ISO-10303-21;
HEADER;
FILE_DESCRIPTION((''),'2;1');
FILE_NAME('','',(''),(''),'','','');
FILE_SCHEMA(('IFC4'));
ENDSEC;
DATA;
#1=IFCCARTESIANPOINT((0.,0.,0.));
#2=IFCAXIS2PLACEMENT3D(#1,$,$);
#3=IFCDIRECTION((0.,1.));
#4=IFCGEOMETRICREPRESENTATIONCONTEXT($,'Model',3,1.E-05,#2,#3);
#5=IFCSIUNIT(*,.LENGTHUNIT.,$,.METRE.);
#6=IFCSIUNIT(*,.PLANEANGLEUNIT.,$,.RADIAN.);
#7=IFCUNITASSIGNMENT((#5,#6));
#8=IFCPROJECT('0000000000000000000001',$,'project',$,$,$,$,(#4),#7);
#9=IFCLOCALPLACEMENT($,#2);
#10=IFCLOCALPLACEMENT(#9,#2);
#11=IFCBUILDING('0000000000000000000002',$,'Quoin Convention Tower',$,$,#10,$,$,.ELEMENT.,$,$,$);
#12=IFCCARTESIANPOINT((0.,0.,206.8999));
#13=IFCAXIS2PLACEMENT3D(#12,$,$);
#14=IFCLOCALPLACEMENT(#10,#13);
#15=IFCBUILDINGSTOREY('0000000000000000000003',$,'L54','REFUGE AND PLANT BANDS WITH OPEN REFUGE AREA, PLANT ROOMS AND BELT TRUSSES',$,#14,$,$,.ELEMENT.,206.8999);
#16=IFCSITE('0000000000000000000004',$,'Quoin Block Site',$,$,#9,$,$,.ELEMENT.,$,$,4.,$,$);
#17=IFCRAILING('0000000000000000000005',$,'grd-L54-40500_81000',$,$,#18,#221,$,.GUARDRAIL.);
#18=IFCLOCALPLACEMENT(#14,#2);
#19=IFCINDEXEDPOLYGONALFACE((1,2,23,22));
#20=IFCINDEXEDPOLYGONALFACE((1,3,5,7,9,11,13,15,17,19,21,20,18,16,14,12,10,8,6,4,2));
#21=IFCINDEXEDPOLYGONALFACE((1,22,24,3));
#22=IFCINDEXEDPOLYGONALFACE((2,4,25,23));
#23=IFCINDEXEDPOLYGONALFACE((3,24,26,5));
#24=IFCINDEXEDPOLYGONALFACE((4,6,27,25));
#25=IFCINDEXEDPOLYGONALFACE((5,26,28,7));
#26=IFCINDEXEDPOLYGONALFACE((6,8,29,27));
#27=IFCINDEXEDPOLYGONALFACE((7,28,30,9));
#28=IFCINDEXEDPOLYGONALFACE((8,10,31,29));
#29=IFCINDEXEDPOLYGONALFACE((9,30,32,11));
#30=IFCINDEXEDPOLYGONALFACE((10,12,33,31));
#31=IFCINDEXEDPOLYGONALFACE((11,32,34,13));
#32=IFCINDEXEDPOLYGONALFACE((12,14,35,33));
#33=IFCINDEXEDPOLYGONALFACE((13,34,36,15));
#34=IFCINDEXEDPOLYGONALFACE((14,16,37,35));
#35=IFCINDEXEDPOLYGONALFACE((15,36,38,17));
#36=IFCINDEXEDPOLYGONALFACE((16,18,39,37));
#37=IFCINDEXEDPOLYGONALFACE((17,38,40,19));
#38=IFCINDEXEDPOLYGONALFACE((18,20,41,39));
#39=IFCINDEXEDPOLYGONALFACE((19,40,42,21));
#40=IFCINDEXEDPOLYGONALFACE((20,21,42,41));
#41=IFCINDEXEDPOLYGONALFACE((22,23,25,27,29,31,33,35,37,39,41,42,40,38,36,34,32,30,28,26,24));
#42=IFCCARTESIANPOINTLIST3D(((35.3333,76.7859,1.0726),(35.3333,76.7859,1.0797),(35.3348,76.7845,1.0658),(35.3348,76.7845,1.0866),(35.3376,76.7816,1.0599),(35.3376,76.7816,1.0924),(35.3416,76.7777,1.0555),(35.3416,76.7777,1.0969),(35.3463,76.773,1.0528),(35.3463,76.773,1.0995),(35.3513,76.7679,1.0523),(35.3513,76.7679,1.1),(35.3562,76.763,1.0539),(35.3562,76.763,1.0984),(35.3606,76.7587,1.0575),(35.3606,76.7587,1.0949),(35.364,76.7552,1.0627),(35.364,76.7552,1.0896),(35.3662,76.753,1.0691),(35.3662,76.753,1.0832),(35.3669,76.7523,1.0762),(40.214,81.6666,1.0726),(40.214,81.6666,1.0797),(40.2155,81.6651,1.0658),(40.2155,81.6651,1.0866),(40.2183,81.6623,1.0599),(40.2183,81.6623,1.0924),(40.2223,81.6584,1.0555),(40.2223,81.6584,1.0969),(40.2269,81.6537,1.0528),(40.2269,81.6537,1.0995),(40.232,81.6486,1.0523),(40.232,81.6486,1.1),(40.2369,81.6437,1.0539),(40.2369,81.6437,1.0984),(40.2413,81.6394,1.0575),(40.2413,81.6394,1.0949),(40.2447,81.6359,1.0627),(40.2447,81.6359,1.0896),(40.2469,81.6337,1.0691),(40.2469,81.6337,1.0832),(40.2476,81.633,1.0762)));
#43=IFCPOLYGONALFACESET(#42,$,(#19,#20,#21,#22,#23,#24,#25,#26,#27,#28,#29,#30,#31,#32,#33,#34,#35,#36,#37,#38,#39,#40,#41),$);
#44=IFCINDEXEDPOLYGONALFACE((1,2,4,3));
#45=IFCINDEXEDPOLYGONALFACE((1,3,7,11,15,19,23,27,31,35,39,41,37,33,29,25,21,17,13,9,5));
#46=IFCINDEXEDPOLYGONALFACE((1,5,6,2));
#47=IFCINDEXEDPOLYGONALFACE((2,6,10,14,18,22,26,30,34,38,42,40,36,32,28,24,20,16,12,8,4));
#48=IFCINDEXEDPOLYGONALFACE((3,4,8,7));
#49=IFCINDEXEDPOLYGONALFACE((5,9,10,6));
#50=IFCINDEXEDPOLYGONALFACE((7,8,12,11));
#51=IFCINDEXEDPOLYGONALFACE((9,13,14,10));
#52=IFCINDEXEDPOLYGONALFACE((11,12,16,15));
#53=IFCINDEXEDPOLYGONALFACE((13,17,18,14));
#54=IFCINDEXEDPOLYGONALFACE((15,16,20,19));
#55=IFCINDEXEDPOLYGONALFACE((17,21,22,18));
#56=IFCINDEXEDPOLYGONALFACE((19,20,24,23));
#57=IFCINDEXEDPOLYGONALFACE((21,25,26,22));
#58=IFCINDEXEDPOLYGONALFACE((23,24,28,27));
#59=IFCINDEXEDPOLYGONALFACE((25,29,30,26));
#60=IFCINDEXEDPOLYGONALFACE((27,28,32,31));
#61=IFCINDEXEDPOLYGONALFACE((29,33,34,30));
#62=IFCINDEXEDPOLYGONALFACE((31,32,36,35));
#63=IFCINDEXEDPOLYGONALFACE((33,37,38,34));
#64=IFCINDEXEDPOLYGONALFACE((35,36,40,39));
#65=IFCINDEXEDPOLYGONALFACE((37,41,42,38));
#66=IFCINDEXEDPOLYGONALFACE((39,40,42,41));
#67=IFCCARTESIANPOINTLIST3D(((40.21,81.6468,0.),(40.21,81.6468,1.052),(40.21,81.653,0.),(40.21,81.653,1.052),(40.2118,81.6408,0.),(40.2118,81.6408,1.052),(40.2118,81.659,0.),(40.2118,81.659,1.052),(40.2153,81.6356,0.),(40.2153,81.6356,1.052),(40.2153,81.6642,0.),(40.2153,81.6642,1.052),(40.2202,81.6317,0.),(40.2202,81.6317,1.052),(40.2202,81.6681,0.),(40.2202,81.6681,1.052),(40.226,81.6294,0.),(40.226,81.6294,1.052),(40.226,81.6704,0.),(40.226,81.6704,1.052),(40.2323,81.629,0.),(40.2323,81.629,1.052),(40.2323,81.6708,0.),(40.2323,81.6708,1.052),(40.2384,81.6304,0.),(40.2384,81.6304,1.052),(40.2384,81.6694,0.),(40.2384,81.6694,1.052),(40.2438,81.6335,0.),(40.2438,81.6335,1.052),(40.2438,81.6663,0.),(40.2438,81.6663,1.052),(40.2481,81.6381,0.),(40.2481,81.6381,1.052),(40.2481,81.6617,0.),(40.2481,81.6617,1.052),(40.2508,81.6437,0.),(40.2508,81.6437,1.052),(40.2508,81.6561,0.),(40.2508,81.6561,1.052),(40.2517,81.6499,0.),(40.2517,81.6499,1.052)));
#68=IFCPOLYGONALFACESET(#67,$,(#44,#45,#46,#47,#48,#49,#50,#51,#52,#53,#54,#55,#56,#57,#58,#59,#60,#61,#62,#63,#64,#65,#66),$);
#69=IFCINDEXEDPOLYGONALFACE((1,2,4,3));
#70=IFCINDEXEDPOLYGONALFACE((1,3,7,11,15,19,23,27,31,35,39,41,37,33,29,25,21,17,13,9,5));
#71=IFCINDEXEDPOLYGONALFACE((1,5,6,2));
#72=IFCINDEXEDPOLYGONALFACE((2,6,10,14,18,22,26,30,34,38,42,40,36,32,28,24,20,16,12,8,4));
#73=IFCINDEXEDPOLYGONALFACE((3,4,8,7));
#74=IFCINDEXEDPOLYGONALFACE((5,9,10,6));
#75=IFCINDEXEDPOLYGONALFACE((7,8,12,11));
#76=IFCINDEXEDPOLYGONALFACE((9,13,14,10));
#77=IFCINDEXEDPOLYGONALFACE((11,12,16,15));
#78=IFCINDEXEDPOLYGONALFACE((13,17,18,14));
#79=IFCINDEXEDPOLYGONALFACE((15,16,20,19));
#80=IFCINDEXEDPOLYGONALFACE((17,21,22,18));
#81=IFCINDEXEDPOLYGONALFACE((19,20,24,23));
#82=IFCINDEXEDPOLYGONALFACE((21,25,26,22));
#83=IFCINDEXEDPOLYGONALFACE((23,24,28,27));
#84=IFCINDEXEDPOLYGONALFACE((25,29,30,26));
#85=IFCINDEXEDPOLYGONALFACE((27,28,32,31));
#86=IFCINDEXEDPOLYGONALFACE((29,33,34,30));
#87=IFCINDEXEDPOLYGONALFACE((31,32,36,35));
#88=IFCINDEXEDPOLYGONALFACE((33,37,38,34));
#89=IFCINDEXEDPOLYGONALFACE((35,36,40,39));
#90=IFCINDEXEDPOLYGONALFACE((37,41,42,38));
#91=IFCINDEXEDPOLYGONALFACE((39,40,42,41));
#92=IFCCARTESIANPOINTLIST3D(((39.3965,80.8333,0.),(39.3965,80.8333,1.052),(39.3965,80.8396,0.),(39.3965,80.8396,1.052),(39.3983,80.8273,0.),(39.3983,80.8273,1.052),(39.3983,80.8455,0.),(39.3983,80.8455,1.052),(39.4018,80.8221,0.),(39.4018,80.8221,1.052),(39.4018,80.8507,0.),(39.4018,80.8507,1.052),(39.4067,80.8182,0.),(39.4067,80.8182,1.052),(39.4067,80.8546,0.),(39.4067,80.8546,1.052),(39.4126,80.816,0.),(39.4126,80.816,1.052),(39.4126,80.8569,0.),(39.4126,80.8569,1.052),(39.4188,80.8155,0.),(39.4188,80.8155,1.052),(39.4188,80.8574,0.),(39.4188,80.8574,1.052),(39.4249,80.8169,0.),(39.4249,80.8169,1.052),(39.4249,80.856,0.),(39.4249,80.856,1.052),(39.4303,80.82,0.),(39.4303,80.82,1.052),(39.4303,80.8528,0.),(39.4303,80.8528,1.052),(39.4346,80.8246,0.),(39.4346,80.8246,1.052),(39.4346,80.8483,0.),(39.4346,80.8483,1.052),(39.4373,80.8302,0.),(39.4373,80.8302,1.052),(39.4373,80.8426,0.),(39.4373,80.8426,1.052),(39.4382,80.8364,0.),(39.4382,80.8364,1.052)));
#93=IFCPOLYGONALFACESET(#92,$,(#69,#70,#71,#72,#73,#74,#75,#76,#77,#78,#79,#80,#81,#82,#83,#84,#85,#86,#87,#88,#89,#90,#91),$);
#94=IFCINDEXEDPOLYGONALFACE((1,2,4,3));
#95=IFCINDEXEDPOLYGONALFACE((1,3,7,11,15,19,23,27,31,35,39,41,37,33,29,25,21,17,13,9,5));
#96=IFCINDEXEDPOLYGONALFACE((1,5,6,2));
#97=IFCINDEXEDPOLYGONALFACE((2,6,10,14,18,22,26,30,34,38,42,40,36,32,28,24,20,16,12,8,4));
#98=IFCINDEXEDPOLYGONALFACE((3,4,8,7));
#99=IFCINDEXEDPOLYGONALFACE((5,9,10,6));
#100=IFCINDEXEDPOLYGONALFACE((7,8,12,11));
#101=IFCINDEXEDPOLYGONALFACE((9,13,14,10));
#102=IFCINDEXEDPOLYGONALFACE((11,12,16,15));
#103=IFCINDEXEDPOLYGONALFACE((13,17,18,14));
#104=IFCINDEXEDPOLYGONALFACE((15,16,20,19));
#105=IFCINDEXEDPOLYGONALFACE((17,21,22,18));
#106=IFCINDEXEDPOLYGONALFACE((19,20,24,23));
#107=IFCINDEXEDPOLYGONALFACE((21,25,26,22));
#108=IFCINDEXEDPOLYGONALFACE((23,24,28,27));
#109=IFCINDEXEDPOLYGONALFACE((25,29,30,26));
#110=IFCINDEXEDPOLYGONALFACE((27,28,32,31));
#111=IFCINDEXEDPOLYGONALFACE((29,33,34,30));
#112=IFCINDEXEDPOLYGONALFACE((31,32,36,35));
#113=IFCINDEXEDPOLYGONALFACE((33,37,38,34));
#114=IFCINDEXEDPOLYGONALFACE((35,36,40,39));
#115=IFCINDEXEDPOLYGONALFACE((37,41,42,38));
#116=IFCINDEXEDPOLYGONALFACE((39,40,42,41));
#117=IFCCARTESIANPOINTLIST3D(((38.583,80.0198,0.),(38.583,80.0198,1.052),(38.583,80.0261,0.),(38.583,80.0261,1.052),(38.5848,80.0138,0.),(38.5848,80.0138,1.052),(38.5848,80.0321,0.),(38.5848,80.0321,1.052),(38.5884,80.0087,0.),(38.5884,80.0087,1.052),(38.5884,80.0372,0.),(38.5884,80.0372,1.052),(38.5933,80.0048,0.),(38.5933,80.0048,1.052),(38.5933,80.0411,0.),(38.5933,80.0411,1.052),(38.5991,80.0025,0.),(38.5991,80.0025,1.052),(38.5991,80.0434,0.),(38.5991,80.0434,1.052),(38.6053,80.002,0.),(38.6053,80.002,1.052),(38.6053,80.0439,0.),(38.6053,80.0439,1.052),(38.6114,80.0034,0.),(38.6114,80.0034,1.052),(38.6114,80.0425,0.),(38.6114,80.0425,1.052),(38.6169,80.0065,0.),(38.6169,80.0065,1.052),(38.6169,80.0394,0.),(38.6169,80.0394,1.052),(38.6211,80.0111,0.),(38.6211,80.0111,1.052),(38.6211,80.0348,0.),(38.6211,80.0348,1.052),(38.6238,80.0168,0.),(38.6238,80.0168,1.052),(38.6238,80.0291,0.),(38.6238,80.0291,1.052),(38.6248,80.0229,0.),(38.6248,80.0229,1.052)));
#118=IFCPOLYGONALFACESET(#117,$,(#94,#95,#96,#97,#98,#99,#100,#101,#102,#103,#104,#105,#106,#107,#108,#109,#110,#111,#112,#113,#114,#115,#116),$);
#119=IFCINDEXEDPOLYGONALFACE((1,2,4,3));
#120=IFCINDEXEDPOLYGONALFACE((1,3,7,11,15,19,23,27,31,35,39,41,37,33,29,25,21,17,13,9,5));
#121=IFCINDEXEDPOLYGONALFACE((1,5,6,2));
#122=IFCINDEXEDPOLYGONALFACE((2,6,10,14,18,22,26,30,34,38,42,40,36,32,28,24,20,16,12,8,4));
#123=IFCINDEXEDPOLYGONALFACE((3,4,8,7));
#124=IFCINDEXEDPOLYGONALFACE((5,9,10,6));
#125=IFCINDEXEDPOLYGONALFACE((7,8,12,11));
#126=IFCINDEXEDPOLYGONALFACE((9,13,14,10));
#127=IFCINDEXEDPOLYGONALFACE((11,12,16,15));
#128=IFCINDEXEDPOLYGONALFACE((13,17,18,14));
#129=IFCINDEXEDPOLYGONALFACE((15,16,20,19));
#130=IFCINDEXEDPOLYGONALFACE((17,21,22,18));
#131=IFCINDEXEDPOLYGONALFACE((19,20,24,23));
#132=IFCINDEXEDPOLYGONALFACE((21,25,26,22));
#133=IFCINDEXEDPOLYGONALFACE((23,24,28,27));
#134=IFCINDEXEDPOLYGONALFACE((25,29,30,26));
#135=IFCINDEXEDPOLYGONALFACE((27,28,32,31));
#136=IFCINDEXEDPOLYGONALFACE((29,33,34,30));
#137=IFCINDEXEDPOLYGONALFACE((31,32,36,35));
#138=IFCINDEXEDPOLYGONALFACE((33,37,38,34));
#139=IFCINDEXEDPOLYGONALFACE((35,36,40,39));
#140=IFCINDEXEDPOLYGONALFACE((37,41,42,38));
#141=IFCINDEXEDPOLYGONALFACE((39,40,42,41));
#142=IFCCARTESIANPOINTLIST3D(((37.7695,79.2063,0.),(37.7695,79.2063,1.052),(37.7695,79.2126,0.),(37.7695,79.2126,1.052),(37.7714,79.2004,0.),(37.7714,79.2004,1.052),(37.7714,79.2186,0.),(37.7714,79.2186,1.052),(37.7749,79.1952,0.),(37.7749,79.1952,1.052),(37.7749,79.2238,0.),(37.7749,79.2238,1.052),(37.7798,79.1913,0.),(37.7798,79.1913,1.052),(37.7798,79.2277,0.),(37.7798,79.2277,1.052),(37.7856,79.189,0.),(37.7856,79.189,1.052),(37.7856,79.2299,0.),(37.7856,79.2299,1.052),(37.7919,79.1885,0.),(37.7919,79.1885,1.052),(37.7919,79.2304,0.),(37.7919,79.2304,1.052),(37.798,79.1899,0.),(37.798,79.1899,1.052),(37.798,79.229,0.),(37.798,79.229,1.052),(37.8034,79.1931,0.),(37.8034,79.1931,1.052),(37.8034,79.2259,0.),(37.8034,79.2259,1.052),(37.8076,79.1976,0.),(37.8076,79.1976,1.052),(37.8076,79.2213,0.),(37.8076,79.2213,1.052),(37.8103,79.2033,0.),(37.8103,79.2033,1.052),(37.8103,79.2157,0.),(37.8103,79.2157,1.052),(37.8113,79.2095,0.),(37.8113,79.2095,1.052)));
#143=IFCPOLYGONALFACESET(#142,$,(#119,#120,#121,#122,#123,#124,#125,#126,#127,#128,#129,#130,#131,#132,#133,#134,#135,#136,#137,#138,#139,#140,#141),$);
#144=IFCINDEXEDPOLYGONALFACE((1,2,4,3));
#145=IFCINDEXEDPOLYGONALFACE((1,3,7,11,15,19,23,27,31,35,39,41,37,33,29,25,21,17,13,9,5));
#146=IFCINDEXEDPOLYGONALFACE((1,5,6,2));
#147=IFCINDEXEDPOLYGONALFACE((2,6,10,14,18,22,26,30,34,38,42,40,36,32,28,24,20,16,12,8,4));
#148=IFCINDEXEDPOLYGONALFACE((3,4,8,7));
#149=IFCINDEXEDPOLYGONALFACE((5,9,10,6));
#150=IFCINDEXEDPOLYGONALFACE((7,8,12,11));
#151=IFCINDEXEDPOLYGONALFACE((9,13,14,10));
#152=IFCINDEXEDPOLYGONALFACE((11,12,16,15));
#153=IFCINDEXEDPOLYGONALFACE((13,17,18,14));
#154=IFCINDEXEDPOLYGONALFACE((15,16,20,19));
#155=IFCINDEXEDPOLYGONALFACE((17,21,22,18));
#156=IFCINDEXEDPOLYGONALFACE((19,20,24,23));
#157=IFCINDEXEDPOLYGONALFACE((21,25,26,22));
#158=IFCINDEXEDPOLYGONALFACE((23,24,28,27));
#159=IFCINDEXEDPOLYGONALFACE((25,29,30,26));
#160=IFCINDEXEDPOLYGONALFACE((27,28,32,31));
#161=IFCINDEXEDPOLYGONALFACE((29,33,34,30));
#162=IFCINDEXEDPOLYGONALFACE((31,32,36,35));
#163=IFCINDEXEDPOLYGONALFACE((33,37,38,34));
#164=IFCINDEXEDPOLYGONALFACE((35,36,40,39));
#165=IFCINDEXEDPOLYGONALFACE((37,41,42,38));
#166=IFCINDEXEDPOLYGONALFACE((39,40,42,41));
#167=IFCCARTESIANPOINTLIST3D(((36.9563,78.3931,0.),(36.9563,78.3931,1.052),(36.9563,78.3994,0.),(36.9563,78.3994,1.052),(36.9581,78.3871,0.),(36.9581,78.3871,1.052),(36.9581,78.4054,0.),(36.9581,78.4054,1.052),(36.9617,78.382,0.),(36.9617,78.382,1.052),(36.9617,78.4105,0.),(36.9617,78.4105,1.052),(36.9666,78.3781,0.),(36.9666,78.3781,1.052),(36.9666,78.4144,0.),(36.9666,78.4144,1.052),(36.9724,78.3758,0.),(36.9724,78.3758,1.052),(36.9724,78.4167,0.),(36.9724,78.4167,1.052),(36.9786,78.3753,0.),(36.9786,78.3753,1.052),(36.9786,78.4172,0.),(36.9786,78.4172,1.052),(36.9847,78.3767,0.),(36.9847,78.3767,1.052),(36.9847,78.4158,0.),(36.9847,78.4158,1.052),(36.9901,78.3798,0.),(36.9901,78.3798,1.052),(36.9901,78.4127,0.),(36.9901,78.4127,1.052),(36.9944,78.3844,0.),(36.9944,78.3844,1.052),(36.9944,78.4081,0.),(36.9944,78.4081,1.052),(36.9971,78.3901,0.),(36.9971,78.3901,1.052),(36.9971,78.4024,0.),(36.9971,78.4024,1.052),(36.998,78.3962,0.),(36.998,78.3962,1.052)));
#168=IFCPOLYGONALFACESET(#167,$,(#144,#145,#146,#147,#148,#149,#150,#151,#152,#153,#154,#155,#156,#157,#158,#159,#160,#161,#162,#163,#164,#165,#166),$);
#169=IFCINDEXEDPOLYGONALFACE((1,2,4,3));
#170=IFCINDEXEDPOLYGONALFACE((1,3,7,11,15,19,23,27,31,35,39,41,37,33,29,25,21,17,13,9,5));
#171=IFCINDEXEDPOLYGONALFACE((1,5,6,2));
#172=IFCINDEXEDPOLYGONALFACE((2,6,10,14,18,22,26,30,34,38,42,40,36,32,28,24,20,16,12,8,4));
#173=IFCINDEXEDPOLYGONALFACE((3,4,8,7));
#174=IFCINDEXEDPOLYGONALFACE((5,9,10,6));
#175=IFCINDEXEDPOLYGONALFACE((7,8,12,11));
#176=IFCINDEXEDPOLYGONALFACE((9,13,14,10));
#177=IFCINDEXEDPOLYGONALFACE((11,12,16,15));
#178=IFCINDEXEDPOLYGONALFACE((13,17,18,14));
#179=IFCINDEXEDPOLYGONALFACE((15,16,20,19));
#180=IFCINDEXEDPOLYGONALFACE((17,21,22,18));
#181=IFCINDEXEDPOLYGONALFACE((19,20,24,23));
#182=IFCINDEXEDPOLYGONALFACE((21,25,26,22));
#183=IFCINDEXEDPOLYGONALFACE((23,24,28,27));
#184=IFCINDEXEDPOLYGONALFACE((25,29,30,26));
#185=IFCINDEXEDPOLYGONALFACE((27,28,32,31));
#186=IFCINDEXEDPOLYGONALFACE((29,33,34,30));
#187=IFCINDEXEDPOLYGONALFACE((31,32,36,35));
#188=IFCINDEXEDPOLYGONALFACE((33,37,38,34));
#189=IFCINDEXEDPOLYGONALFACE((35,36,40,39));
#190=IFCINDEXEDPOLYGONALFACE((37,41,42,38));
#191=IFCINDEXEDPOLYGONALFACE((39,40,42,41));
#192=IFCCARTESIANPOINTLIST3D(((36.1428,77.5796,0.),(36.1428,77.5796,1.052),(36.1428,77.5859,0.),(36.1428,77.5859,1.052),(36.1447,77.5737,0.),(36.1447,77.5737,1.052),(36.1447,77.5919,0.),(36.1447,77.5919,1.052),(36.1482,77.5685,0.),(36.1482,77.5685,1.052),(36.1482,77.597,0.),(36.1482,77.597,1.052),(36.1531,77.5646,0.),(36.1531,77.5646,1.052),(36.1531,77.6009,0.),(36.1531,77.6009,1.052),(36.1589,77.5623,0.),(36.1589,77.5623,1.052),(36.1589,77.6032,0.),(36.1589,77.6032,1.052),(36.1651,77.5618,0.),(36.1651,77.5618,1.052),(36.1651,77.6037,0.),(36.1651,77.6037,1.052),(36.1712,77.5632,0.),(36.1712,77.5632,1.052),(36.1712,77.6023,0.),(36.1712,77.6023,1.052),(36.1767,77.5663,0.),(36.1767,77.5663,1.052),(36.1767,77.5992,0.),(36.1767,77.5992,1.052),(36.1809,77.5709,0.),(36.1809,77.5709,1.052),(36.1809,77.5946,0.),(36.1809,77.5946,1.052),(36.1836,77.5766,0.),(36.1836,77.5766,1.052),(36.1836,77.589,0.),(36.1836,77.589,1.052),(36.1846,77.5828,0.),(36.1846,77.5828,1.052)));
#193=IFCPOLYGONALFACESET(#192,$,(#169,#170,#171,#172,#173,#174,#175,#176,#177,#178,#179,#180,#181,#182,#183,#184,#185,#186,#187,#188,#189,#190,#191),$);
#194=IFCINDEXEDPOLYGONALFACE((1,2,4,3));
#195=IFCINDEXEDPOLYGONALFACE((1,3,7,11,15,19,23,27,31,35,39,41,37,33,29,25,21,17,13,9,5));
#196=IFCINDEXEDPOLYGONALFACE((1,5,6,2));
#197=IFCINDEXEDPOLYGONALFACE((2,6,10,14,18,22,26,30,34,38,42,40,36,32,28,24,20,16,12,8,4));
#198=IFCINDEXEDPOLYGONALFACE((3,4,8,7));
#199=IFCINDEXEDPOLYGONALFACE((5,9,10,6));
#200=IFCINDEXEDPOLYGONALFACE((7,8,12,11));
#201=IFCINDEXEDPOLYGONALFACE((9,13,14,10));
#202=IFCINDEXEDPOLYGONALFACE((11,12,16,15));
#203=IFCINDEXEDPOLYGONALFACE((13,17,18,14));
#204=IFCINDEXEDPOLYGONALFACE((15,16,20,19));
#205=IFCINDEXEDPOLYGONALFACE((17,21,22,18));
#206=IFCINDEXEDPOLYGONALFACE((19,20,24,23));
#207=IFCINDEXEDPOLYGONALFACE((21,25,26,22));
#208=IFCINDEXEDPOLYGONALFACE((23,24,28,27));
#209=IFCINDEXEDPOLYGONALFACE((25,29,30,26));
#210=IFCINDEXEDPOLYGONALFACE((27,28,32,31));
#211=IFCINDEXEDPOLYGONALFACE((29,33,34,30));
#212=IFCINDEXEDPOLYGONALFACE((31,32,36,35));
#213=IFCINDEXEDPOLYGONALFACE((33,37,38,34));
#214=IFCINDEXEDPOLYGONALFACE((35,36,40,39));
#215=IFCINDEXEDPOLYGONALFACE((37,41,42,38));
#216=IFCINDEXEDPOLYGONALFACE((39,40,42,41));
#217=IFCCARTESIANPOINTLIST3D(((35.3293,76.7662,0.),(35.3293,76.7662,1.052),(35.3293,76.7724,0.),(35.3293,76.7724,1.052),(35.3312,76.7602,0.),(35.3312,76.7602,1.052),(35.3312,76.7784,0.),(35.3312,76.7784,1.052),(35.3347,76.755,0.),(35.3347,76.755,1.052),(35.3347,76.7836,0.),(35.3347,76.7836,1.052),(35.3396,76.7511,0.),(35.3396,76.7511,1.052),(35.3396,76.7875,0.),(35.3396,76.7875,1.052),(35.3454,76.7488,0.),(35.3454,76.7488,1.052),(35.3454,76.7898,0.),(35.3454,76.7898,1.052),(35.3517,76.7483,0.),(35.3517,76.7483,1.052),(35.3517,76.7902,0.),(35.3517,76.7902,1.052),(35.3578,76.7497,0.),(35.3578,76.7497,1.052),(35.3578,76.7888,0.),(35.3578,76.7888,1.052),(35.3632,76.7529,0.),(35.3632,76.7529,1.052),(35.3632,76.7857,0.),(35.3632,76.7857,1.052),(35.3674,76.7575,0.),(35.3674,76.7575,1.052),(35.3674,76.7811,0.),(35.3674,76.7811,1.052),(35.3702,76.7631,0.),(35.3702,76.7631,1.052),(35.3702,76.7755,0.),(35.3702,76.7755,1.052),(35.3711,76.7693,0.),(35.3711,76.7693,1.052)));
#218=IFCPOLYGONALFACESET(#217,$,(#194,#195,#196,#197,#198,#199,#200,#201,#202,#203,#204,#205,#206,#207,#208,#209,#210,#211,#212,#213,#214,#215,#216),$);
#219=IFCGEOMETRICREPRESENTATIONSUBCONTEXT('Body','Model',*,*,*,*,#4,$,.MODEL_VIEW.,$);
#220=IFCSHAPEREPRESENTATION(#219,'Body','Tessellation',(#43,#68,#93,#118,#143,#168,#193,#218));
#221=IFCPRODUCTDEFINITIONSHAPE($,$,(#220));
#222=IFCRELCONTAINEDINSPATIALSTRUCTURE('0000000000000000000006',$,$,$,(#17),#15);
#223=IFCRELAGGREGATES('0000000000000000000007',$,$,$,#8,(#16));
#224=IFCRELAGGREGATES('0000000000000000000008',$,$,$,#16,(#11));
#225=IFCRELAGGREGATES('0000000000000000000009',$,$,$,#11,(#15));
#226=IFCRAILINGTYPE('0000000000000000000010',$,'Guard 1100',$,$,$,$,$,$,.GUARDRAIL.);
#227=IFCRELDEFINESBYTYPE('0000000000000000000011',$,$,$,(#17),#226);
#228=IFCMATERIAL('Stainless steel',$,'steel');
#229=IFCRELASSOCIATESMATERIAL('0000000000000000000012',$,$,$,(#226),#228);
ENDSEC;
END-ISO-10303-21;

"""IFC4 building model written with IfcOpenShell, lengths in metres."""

from ifc_helpers import new_model, si_unit, direction, frame, origin, origin_2d, place, context, subcontext, project, spatial, circle, extrude, material, type_object, element, save


model = new_model("IFC4")

# Units and contexts
model_context = context("Model", 3, precision=1e-05, world=origin(), true_north=direction((0.0, 1.0)))
body_context = subcontext(model_context, "Body", "Model", "MODEL_VIEW")
ifc_project = project(units=[si_unit("LENGTHUNIT", "METRE"), si_unit("PLANEANGLEUNIT", "RADIAN")], contexts=[model_context])

# Site, building, storey
site_placement = place(None, origin())
site = spatial("IfcSite", under=ifc_project, at=site_placement, Name="Quoin Block Site", CompositionType="ELEMENT", RefElevation=4.0)
building_placement = place(site_placement, origin())
building = spatial("IfcBuilding", under=site, at=building_placement, Name="Quoin Convention Tower", CompositionType="ELEMENT")
storey_placement = place(building_placement, frame((0.0, 0.0, 206.8999)))
storey = spatial("IfcBuildingStorey", under=building, at=storey_placement, Name="L54", Description="REFUGE AND PLANT BANDS WITH OPEN REFUGE AREA, PLANT ROOMS AND BELT TRUSSES", CompositionType="ELEMENT", Elevation=206.8999)

# Railing
ifc_material_1 = material(Name="Stainless steel", Category="steel")
railing_type = type_object("IfcRailingType", Name="Guard 1100", PredefinedType="GUARDRAIL", material=ifc_material_1)
railing_placement = place(storey_placement, frame((40.2307, 81.6499, 0.0)))
element("IfcRailing", 1, at=railing_placement, inside=storey, type_object=railing_type, Name="grd-L54-40500_81000", PredefinedType="GUARDRAIL", context=body_context, shape_type="SweptSolid", body=[
    extrude(circle(Radius=0.0239, at=origin_2d()), frame((0.0, 0.0, 1.0762), z_axis=(-0.707107, -0.707107, 0.0), x_axis=(0.707107, -0.707107, 0.0)), (0.0, 0.0, 1.0), 6.9023),
    extrude(circle(Radius=0.021, at=origin_2d()), origin(), (0.0, 0.0, 1.0), 1.052),
    extrude(circle(Radius=0.021, at=origin_2d()), frame((-0.8135, -0.8135, 0.0)), (0.0, 0.0, 1.0), 1.052),
    extrude(circle(Radius=0.021, at=origin_2d()), frame((-1.627, -1.627, 0.0)), (0.0, 0.0, 1.0), 1.052),
    extrude(circle(Radius=0.021, at=origin_2d()), frame((-2.4404, -2.4404, 0.0)), (0.0, 0.0, 1.0), 1.052),
    extrude(circle(Radius=0.021, at=origin_2d()), frame((-3.2537, -3.2537, 0.0)), (0.0, 0.0, 1.0), 1.052),
    extrude(circle(Radius=0.021, at=origin_2d()), frame((-4.0671, -4.0671, 0.0)), (0.0, 0.0, 1.0), 1.052),
    extrude(circle(Radius=0.021, at=origin_2d()), frame((-4.8806, -4.8806, 0.0)), (0.0, 0.0, 1.0), 1.052),
])

save(model, "model.ifc")
